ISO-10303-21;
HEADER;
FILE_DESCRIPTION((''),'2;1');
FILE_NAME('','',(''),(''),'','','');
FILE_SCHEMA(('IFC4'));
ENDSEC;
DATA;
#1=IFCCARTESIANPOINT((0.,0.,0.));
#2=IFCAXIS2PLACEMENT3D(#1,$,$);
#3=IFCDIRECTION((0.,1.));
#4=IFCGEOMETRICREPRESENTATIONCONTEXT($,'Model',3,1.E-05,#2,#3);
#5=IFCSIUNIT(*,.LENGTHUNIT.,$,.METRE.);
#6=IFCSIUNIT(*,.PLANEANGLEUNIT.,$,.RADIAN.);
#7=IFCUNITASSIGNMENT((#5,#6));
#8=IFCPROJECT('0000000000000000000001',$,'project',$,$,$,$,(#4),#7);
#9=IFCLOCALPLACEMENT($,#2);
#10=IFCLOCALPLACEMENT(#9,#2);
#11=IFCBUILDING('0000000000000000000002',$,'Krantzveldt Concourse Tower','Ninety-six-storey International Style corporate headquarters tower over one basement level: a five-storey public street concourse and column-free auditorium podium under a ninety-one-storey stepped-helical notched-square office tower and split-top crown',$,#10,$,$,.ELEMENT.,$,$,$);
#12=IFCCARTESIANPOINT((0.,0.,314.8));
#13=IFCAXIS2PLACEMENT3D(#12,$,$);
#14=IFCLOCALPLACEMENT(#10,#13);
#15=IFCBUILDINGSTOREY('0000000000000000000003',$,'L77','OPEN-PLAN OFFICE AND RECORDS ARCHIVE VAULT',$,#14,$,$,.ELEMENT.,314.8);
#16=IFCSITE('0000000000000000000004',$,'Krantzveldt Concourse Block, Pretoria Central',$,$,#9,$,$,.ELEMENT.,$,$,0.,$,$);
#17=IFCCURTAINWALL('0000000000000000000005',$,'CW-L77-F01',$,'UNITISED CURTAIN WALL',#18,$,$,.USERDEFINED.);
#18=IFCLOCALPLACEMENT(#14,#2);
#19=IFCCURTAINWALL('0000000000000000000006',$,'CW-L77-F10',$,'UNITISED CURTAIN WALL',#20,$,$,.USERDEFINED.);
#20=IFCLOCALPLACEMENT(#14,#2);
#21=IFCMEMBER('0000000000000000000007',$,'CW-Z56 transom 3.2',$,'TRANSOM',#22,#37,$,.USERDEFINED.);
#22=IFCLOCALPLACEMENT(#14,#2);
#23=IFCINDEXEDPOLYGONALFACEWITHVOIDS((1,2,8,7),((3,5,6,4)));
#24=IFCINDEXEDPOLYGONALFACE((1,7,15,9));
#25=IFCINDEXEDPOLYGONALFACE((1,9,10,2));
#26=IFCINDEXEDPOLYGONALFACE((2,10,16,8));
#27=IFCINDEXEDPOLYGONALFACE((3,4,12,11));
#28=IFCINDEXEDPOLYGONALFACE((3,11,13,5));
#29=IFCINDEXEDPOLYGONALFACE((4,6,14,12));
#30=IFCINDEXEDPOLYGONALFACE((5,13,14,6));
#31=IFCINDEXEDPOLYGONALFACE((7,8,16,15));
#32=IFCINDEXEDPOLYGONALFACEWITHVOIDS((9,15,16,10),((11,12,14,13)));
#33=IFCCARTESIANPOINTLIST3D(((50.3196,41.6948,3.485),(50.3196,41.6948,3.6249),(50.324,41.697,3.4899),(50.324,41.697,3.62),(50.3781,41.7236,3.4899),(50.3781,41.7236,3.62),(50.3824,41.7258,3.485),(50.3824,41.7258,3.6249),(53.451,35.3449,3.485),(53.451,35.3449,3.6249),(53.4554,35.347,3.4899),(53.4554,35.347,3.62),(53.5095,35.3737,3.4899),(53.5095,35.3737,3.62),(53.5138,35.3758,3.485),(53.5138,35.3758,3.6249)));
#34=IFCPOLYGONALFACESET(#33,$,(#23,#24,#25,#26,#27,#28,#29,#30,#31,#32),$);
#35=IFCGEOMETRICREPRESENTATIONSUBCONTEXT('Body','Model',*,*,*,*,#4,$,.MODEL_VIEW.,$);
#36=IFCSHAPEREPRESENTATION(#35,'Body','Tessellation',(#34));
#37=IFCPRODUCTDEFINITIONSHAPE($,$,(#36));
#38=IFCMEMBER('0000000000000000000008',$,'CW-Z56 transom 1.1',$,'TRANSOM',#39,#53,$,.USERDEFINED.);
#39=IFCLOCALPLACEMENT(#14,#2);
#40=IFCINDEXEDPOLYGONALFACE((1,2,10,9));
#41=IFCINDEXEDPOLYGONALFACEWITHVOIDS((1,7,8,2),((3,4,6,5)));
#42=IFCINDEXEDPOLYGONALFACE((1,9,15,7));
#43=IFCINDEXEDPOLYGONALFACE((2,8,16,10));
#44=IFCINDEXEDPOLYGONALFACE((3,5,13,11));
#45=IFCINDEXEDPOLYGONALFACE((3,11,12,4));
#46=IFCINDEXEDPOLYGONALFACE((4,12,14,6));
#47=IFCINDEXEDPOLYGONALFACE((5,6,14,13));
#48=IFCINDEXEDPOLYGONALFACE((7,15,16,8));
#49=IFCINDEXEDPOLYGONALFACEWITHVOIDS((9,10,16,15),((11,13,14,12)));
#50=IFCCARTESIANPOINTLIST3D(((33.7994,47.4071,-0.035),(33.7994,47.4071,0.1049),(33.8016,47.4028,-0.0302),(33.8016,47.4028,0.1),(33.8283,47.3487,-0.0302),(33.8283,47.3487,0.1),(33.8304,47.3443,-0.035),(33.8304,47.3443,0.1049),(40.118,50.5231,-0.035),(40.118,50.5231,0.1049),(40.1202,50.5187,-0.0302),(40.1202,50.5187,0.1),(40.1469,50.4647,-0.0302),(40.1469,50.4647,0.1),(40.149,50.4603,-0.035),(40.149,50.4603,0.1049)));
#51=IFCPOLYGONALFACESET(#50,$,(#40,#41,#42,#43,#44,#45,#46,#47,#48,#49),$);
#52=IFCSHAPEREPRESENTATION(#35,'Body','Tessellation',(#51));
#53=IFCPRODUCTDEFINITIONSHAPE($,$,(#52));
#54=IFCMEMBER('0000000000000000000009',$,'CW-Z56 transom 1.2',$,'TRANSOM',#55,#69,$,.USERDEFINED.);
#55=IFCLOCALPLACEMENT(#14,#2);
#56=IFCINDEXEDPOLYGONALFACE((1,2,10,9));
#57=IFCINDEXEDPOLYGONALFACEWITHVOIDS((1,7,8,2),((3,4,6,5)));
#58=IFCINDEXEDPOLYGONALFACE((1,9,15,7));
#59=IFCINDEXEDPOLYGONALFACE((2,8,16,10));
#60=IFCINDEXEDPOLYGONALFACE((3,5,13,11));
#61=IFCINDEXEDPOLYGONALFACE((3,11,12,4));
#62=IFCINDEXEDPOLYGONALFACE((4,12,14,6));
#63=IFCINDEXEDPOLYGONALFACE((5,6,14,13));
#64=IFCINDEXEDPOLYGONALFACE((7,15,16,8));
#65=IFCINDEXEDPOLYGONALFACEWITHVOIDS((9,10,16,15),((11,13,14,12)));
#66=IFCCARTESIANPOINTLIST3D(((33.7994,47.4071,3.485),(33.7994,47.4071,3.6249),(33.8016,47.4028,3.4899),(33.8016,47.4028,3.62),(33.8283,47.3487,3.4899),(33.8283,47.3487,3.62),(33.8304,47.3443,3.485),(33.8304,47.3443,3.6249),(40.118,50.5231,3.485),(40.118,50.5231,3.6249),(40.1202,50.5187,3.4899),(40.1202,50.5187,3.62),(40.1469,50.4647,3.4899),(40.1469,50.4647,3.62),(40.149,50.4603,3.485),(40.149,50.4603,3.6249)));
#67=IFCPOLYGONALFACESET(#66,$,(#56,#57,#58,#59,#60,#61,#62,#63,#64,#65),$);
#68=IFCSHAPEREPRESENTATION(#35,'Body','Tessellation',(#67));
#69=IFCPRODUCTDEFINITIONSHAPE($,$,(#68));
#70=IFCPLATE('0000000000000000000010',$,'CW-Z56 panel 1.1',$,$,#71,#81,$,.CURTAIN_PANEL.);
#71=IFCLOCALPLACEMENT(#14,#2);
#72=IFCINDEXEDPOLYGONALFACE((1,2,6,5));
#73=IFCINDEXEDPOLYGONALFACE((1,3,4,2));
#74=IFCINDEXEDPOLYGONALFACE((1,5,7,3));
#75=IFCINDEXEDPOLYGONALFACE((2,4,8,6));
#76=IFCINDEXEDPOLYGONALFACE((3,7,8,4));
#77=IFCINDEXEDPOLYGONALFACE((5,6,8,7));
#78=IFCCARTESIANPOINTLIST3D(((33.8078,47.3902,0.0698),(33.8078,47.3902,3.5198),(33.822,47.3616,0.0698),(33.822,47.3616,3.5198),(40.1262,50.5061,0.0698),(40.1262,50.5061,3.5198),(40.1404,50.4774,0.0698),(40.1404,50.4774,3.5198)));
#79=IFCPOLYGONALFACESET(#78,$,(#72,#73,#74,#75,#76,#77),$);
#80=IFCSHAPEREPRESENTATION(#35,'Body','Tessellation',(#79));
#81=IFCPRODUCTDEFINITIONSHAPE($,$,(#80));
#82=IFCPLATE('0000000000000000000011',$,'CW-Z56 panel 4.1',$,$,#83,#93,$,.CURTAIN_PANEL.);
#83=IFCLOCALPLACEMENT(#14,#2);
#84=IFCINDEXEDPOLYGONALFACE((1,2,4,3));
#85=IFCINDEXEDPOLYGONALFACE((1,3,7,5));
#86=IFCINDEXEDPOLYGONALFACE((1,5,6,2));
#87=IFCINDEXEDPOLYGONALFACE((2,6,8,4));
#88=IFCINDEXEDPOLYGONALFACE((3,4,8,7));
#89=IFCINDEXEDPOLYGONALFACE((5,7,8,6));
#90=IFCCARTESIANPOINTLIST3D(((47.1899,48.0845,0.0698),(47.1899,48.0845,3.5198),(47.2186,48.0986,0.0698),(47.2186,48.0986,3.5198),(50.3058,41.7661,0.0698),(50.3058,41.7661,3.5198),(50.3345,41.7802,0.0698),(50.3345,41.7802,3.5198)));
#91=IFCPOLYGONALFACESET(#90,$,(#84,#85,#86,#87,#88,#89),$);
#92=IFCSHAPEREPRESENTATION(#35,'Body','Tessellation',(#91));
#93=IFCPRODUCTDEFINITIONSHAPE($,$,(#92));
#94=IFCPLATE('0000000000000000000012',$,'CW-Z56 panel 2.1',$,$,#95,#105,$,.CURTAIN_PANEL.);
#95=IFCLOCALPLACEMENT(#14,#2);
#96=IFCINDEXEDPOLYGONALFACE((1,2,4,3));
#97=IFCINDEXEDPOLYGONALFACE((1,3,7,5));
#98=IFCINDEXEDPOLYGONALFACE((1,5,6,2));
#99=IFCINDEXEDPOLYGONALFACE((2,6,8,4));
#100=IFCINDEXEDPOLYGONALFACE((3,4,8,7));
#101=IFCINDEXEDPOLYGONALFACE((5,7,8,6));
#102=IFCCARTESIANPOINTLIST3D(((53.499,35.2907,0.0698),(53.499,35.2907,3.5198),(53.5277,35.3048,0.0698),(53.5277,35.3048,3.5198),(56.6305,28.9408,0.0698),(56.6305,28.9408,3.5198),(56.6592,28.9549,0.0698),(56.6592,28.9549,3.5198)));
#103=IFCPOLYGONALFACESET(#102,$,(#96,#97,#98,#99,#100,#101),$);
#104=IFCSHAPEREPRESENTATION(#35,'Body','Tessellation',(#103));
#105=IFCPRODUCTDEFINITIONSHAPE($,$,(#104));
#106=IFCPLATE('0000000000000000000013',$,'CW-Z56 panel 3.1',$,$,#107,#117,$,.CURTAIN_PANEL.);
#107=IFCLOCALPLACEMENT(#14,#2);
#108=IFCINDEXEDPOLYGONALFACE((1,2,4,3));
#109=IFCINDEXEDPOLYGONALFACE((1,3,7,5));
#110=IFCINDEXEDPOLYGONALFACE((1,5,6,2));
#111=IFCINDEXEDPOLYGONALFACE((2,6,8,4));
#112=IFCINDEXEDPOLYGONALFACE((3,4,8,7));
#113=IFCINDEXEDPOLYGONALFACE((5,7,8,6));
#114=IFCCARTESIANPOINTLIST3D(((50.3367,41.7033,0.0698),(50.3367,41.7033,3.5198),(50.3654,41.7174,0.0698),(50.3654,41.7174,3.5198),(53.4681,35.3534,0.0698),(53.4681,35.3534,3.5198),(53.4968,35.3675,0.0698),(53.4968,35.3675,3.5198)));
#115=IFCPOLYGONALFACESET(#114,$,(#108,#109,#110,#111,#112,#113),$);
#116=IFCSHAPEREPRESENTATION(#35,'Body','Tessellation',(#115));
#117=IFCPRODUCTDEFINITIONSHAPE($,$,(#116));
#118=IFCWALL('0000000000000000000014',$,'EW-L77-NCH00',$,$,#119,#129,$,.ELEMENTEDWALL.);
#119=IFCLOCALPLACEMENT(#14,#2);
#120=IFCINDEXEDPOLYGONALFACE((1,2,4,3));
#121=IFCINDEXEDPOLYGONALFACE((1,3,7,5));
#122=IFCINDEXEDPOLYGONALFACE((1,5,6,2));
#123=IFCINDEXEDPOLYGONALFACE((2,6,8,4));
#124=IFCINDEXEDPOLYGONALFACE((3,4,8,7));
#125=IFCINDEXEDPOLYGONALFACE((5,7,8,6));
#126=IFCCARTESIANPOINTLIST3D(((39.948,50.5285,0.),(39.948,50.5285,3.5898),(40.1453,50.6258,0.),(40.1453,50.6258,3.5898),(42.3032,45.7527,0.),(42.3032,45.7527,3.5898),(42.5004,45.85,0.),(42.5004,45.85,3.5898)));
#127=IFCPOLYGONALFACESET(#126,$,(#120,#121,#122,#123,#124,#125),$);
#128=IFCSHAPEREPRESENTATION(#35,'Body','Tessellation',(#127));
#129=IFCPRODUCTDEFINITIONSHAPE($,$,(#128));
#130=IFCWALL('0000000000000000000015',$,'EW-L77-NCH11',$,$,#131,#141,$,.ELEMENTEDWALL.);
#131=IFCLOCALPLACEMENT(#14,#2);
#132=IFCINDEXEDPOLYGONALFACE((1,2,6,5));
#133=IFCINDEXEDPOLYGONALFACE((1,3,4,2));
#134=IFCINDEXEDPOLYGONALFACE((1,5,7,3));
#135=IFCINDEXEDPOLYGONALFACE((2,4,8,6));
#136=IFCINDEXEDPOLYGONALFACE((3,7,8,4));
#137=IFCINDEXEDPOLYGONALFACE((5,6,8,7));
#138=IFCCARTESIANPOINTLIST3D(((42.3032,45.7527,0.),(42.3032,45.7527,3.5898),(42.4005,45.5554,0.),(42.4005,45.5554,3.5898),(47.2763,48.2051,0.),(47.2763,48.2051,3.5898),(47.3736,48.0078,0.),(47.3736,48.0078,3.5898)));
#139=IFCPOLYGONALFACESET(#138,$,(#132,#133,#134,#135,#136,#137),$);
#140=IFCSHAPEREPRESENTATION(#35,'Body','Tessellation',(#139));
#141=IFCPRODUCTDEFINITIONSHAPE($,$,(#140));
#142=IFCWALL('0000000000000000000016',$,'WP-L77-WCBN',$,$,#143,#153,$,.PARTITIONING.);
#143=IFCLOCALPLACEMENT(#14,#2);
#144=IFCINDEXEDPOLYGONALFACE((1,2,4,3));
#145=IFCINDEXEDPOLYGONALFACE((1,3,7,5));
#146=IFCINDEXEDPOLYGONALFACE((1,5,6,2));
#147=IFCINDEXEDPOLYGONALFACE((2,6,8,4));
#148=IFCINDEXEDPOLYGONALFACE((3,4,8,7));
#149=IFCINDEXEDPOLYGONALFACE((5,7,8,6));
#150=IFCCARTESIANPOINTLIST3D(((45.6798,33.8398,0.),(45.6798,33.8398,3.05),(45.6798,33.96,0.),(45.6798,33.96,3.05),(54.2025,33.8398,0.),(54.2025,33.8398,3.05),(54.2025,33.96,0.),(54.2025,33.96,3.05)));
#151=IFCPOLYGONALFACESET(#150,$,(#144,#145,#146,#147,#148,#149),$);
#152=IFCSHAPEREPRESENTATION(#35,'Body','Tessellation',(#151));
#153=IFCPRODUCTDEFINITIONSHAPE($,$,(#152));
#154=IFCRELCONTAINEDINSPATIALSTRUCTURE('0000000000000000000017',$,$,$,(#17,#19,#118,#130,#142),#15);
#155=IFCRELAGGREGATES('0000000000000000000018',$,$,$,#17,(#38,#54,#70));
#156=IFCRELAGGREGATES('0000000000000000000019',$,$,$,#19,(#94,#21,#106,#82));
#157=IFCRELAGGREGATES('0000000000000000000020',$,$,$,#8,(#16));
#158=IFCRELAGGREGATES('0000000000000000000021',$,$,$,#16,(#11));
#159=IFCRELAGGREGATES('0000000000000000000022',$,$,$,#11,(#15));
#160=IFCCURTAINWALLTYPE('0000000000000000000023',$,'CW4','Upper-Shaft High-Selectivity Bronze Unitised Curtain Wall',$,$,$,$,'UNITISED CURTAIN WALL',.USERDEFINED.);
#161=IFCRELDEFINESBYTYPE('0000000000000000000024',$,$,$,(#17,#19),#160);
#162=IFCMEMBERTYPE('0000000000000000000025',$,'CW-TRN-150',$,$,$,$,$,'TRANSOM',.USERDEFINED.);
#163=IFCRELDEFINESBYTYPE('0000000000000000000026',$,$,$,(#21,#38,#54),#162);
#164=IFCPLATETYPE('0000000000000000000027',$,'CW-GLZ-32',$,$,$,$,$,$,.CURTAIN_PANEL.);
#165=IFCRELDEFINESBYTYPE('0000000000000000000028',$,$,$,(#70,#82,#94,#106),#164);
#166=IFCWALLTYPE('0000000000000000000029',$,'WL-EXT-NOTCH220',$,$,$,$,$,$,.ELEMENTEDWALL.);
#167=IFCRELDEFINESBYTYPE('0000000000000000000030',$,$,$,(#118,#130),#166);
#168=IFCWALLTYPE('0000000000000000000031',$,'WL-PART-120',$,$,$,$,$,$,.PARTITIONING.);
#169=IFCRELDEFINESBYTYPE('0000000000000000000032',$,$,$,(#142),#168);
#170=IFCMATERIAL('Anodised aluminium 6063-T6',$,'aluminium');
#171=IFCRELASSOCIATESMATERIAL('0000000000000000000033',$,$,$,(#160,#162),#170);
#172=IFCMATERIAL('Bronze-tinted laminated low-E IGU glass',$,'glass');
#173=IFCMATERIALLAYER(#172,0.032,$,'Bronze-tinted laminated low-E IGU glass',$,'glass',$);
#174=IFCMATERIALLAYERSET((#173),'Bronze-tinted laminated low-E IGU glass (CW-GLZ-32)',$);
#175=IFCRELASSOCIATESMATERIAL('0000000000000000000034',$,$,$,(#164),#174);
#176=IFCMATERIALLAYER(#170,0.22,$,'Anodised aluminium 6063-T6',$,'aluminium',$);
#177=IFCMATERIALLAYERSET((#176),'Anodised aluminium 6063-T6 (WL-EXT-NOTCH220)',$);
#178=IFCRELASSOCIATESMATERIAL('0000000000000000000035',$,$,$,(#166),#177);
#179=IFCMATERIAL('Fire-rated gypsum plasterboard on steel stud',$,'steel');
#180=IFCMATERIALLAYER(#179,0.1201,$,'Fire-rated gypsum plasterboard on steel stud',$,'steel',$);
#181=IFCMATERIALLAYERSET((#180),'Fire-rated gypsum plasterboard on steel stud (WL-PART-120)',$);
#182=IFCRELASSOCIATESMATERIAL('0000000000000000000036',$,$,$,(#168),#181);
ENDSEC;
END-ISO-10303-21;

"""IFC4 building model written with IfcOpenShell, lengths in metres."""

from ifc_helpers import new_model, si_unit, direction, frame, frame_2d, origin, origin_2d, place, context, subcontext, project, spatial, rectangle, hollow_rectangle, extrude, source, transform, mapped, material, layer, layer_set, material_profile, profile_set, type_object, type_shapes, element, aggregate, save


model = new_model("IFC4")

# Units and contexts
model_context = context("Model", 3, precision=1e-05, world=origin(), true_north=direction((0.0, 1.0)))
body_context = subcontext(model_context, "Body", "Model", "MODEL_VIEW")
ifc_project = project(units=[si_unit("LENGTHUNIT", "METRE"), si_unit("PLANEANGLEUNIT", "RADIAN")], contexts=[model_context])

# Site, building, storey
site_placement = place(None, origin())
site = spatial("IfcSite", under=ifc_project, at=site_placement, Name="Krantzveldt Concourse Block, Pretoria Central", CompositionType="ELEMENT", RefElevation=0.0)
building_placement = place(site_placement, origin())
building = spatial("IfcBuilding", under=site, at=building_placement, Name="Krantzveldt Concourse Tower", Description="Ninety-six-storey International Style corporate headquarters tower over one basement level: a five-storey public street concourse and column-free auditorium podium under a ninety-one-storey stepped-helical notched-square office tower and split-top crown", CompositionType="ELEMENT")
storey_placement = place(building_placement, frame((0.0, 0.0, 314.8)))
storey = spatial("IfcBuildingStorey", under=building, at=storey_placement, Name="L77", Description="OPEN-PLAN OFFICE AND RECORDS ARCHIVE VAULT", CompositionType="ELEMENT", Elevation=314.8)

# Curtain wall
ifc_material_1 = material(Name="Anodised aluminium 6063-T6", Category="aluminium")
curtain_wall_type = type_object("IfcCurtainWallType", Name="CW4", Description="Upper-Shaft High-Selectivity Bronze Unitised Curtain Wall", ElementType="UNITISED CURTAIN WALL", PredefinedType="USERDEFINED", material=ifc_material_1)
curtain_wall_1_placement = place(storey_placement, origin())
curtain_wall_1 = element("IfcCurtainWall", 1, at=curtain_wall_1_placement, inside=storey, type_object=curtain_wall_type, Name="CW-L77-F01", ObjectType="UNITISED CURTAIN WALL", PredefinedType="USERDEFINED")

# Curtain wall, member
curtain_wall_2_placement = place(storey_placement, origin())
curtain_wall_2 = element("IfcCurtainWall", 2, at=curtain_wall_2_placement, inside=storey, type_object=curtain_wall_type, Name="CW-L77-F10", ObjectType="UNITISED CURTAIN WALL", PredefinedType="USERDEFINED")
ifc_material_profile_1 = material_profile(ifc_material_1, hollow_rectangle(XDim=0.0701, YDim=0.1399, WallThickness=0.0049, at=origin_2d()), Name="Anodised aluminium 6063-T6", Category="aluminium")
ifc_profile_set_1 = profile_set([ifc_material_profile_1], Name="Anodised aluminium 6063-T6 - ALU-TRAN 140x70x5")
member_type_1 = type_object("IfcMemberType", Name="CW-TRN-150", ElementType="TRANSOM", PredefinedType="USERDEFINED", material=ifc_profile_set_1)
shared_shape_1 = source(origin(), body_context, "Body", "SweptSolid", [
    extrude(hollow_rectangle(XDim=0.0701, YDim=0.1399, WallThickness=0.0049, at=origin_2d()), origin(), (0.0, 0.0, 1.0), 7.0801),
])
member_1_placement = place(storey_placement, frame((53.4824, 35.3604, 3.5549), z_axis=(-0.442283, 0.896876, 0.0), x_axis=(-0.896876, -0.442283, 0.0)))
member_1 = element("IfcMember", 3, at=member_1_placement, type_object=member_type_1, Name="CW-Z56 transom 3.2", ObjectType="TRANSOM", PredefinedType="USERDEFINED", context=body_context, shape_type="MappedRepresentation", body=[
    mapped(shared_shape_1, transform((0.0, 0.0, 0.0), x_axis=(1.0, 0.0, 0.0), y_axis=(0.0, 1.0, 0.0), z_axis=(0.0, 0.0, 1.0), scale=1.0)),
])

# Members
shared_shape_2 = source(origin(), body_context, "Body", "SweptSolid", [
    extrude(hollow_rectangle(XDim=0.0701, YDim=0.1399, WallThickness=0.0049, at=origin_2d()), origin(), (0.0, 0.0, 1.0), 7.0452),
])
member_2_placement = place(storey_placement, frame((40.1335, 50.4917, 0.0349), z_axis=(-0.896874, -0.442286, 0.0), x_axis=(0.442286, -0.896874, 0.0)))
member_2 = element("IfcMember", 4, at=member_2_placement, type_object=member_type_1, Name="CW-Z56 transom 1.1", ObjectType="TRANSOM", PredefinedType="USERDEFINED", context=body_context, shape_type="MappedRepresentation", body=[
    mapped(shared_shape_2, transform((0.0, 0.0, 0.0), x_axis=(1.0, 0.0, 0.0), y_axis=(0.0, 1.0, 0.0), z_axis=(0.0, 0.0, 1.0), scale=1.0)),
])
member_3_placement = place(storey_placement, frame((40.1335, 50.4917, 3.5549), z_axis=(-0.896874, -0.442286, 0.0), x_axis=(0.442286, -0.896874, 0.0)))
member_3 = element("IfcMember", 5, at=member_3_placement, type_object=member_type_1, Name="CW-Z56 transom 1.2", ObjectType="TRANSOM", PredefinedType="USERDEFINED", context=body_context, shape_type="MappedRepresentation", body=[
    mapped(shared_shape_2, transform((0.0, 0.0, 0.0), x_axis=(1.0, 0.0, 0.0), y_axis=(0.0, 1.0, 0.0), z_axis=(0.0, 0.0, 1.0), scale=1.0)),
])

# Plates
ifc_material_2 = material(Name="Bronze-tinted laminated low-E IGU glass", Category="glass")
ifc_layer_1 = layer(ifc_material_2, 0.032, Name="Bronze-tinted laminated low-E IGU glass", Category="glass")
ifc_layer_set_1 = layer_set([ifc_layer_1], Name="Bronze-tinted laminated low-E IGU glass (CW-GLZ-32)")
plate_type = type_object("IfcPlateType", Name="CW-GLZ-32", PredefinedType="CURTAIN_PANEL", material=ifc_layer_set_1)
shared_shape_3 = source(origin(), body_context, "Body", "SweptSolid", [
    extrude(rectangle(XDim=7.0449, YDim=0.032, at=origin_2d()), origin(), (0.0, 0.0, 1.0), 3.45),
])
plate_1_placement = place(storey_placement, frame((36.9741, 48.9338, 0.0698), z_axis=(0.0, 0.0, 1.0), x_axis=(-0.896873, -0.442289, 0.0)))
plate_1 = element("IfcPlate", 6, at=plate_1_placement, type_object=plate_type, Name="CW-Z56 panel 1.1", PredefinedType="CURTAIN_PANEL", context=body_context, shape_type="MappedRepresentation", body=[
    mapped(shared_shape_3, transform((0.0, 0.0, 0.0), x_axis=(1.0, 0.0, 0.0), y_axis=(0.0, 1.0, 0.0), z_axis=(0.0, 0.0, 1.0), scale=1.0)),
])
aggregate(curtain_wall_1, [member_2, member_3, plate_1])
plate_2_placement = place(storey_placement, frame((48.7622, 44.9324, 0.0698), z_axis=(0.0, 0.0, 1.0), x_axis=(-0.442289, 0.896873, 0.0)))
plate_2 = element("IfcPlate", 7, at=plate_2_placement, type_object=plate_type, Name="CW-Z56 panel 4.1", PredefinedType="CURTAIN_PANEL", context=body_context, shape_type="MappedRepresentation", body=[
    mapped(shared_shape_3, transform((0.0, 0.0, 0.0), x_axis=(1.0, 0.0, 0.0), y_axis=(0.0, 1.0, 0.0), z_axis=(0.0, 0.0, 1.0), scale=1.0)),
])
shared_shape_4 = source(origin(), body_context, "Body", "SweptSolid", [
    extrude(rectangle(XDim=7.0801, YDim=0.032, at=origin_2d()), origin(), (0.0, 0.0, 1.0), 3.45),
])
type_shapes(plate_type, [shared_shape_3, shared_shape_4])
plate_3_placement = place(storey_placement, frame((55.0791, 32.1228, 0.0698), z_axis=(0.0, 0.0, 1.0), x_axis=(-0.442289, 0.896873, 0.0)))
plate_3 = element("IfcPlate", 8, at=plate_3_placement, type_object=plate_type, Name="CW-Z56 panel 2.1", PredefinedType="CURTAIN_PANEL", context=body_context, shape_type="MappedRepresentation", body=[
    mapped(shared_shape_4, transform((0.0, 0.0, 0.0), x_axis=(1.0, 0.0, 0.0), y_axis=(0.0, 1.0, 0.0), z_axis=(0.0, 0.0, 1.0), scale=1.0)),
])
plate_4_placement = place(storey_placement, frame((51.9167, 38.5354, 0.0698), z_axis=(0.0, 0.0, 1.0), x_axis=(-0.442289, 0.896873, 0.0)))
plate_4 = element("IfcPlate", 9, at=plate_4_placement, type_object=plate_type, Name="CW-Z56 panel 3.1", PredefinedType="CURTAIN_PANEL", context=body_context, shape_type="MappedRepresentation", body=[
    mapped(shared_shape_4, transform((0.0, 0.0, 0.0), x_axis=(1.0, 0.0, 0.0), y_axis=(0.0, 1.0, 0.0), z_axis=(0.0, 0.0, 1.0), scale=1.0)),
])
aggregate(curtain_wall_2, [plate_3, member_1, plate_4, plate_2])

# Walls
ifc_layer_2 = layer(ifc_material_1, 0.22, Name="Anodised aluminium 6063-T6", Category="aluminium")
ifc_layer_set_2 = layer_set([ifc_layer_2], Name="Anodised aluminium 6063-T6 (WL-EXT-NOTCH220)")
wall_type_1 = type_object("IfcWallType", Name="WL-EXT-NOTCH220", PredefinedType="ELEMENTEDWALL", material=ifc_layer_set_2)
wall_1_placement = place(storey_placement, frame((42.4019, 45.8013, 0.0), z_axis=(0.0, 0.0, 1.0), x_axis=(-0.442292, 0.896871, 0.0)))
element("IfcWall", 10, at=wall_1_placement, inside=storey, type_object=wall_type_1, Name="EW-L77-NCH00", PredefinedType="ELEMENTEDWALL", context=body_context, shape_type="SweptSolid", body=[
    extrude(rectangle(XDim=5.325, YDim=0.22, at=frame_2d((2.6626, 0.0))), origin(), (0.0, 0.0, 1.0), 3.5898),
])
wall_2_placement = place(storey_placement, frame((47.325, 48.1064, 0.0), z_axis=(0.0, 0.0, 1.0), x_axis=(-0.896879, -0.442276, 0.0)))
element("IfcWall", 11, at=wall_2_placement, inside=storey, type_object=wall_type_1, Name="EW-L77-NCH11", PredefinedType="ELEMENTEDWALL", context=body_context, shape_type="SweptSolid", body=[
    extrude(rectangle(XDim=5.5449, YDim=0.22, at=frame_2d((2.7725, 0.0))), origin(), (0.0, 0.0, 1.0), 3.5898),
])
ifc_material_3 = material(Name="Fire-rated gypsum plasterboard on steel stud", Category="steel")
ifc_layer_3 = layer(ifc_material_3, 0.1201, Name="Fire-rated gypsum plasterboard on steel stud", Category="steel")
ifc_layer_set_3 = layer_set([ifc_layer_3], Name="Fire-rated gypsum plasterboard on steel stud (WL-PART-120)")
wall_type_2 = type_object("IfcWallType", Name="WL-PART-120", PredefinedType="PARTITIONING", material=ifc_layer_set_3)
wall_3_placement = place(storey_placement, frame((45.6799, 33.8999, 0.0), z_axis=(0.0, 0.0, 1.0), x_axis=(1.0, 0.0, 0.0)))
element("IfcWall", 12, at=wall_3_placement, inside=storey, type_object=wall_type_2, Name="WP-L77-WCBN", PredefinedType="PARTITIONING", context=body_context, shape_type="SweptSolid", body=[
    extrude(rectangle(XDim=8.5227, YDim=0.1201, at=frame_2d((4.2612, 0.0))), origin(), (0.0, 0.0, 1.0), 3.05),
])

save(model, "model.ifc")
